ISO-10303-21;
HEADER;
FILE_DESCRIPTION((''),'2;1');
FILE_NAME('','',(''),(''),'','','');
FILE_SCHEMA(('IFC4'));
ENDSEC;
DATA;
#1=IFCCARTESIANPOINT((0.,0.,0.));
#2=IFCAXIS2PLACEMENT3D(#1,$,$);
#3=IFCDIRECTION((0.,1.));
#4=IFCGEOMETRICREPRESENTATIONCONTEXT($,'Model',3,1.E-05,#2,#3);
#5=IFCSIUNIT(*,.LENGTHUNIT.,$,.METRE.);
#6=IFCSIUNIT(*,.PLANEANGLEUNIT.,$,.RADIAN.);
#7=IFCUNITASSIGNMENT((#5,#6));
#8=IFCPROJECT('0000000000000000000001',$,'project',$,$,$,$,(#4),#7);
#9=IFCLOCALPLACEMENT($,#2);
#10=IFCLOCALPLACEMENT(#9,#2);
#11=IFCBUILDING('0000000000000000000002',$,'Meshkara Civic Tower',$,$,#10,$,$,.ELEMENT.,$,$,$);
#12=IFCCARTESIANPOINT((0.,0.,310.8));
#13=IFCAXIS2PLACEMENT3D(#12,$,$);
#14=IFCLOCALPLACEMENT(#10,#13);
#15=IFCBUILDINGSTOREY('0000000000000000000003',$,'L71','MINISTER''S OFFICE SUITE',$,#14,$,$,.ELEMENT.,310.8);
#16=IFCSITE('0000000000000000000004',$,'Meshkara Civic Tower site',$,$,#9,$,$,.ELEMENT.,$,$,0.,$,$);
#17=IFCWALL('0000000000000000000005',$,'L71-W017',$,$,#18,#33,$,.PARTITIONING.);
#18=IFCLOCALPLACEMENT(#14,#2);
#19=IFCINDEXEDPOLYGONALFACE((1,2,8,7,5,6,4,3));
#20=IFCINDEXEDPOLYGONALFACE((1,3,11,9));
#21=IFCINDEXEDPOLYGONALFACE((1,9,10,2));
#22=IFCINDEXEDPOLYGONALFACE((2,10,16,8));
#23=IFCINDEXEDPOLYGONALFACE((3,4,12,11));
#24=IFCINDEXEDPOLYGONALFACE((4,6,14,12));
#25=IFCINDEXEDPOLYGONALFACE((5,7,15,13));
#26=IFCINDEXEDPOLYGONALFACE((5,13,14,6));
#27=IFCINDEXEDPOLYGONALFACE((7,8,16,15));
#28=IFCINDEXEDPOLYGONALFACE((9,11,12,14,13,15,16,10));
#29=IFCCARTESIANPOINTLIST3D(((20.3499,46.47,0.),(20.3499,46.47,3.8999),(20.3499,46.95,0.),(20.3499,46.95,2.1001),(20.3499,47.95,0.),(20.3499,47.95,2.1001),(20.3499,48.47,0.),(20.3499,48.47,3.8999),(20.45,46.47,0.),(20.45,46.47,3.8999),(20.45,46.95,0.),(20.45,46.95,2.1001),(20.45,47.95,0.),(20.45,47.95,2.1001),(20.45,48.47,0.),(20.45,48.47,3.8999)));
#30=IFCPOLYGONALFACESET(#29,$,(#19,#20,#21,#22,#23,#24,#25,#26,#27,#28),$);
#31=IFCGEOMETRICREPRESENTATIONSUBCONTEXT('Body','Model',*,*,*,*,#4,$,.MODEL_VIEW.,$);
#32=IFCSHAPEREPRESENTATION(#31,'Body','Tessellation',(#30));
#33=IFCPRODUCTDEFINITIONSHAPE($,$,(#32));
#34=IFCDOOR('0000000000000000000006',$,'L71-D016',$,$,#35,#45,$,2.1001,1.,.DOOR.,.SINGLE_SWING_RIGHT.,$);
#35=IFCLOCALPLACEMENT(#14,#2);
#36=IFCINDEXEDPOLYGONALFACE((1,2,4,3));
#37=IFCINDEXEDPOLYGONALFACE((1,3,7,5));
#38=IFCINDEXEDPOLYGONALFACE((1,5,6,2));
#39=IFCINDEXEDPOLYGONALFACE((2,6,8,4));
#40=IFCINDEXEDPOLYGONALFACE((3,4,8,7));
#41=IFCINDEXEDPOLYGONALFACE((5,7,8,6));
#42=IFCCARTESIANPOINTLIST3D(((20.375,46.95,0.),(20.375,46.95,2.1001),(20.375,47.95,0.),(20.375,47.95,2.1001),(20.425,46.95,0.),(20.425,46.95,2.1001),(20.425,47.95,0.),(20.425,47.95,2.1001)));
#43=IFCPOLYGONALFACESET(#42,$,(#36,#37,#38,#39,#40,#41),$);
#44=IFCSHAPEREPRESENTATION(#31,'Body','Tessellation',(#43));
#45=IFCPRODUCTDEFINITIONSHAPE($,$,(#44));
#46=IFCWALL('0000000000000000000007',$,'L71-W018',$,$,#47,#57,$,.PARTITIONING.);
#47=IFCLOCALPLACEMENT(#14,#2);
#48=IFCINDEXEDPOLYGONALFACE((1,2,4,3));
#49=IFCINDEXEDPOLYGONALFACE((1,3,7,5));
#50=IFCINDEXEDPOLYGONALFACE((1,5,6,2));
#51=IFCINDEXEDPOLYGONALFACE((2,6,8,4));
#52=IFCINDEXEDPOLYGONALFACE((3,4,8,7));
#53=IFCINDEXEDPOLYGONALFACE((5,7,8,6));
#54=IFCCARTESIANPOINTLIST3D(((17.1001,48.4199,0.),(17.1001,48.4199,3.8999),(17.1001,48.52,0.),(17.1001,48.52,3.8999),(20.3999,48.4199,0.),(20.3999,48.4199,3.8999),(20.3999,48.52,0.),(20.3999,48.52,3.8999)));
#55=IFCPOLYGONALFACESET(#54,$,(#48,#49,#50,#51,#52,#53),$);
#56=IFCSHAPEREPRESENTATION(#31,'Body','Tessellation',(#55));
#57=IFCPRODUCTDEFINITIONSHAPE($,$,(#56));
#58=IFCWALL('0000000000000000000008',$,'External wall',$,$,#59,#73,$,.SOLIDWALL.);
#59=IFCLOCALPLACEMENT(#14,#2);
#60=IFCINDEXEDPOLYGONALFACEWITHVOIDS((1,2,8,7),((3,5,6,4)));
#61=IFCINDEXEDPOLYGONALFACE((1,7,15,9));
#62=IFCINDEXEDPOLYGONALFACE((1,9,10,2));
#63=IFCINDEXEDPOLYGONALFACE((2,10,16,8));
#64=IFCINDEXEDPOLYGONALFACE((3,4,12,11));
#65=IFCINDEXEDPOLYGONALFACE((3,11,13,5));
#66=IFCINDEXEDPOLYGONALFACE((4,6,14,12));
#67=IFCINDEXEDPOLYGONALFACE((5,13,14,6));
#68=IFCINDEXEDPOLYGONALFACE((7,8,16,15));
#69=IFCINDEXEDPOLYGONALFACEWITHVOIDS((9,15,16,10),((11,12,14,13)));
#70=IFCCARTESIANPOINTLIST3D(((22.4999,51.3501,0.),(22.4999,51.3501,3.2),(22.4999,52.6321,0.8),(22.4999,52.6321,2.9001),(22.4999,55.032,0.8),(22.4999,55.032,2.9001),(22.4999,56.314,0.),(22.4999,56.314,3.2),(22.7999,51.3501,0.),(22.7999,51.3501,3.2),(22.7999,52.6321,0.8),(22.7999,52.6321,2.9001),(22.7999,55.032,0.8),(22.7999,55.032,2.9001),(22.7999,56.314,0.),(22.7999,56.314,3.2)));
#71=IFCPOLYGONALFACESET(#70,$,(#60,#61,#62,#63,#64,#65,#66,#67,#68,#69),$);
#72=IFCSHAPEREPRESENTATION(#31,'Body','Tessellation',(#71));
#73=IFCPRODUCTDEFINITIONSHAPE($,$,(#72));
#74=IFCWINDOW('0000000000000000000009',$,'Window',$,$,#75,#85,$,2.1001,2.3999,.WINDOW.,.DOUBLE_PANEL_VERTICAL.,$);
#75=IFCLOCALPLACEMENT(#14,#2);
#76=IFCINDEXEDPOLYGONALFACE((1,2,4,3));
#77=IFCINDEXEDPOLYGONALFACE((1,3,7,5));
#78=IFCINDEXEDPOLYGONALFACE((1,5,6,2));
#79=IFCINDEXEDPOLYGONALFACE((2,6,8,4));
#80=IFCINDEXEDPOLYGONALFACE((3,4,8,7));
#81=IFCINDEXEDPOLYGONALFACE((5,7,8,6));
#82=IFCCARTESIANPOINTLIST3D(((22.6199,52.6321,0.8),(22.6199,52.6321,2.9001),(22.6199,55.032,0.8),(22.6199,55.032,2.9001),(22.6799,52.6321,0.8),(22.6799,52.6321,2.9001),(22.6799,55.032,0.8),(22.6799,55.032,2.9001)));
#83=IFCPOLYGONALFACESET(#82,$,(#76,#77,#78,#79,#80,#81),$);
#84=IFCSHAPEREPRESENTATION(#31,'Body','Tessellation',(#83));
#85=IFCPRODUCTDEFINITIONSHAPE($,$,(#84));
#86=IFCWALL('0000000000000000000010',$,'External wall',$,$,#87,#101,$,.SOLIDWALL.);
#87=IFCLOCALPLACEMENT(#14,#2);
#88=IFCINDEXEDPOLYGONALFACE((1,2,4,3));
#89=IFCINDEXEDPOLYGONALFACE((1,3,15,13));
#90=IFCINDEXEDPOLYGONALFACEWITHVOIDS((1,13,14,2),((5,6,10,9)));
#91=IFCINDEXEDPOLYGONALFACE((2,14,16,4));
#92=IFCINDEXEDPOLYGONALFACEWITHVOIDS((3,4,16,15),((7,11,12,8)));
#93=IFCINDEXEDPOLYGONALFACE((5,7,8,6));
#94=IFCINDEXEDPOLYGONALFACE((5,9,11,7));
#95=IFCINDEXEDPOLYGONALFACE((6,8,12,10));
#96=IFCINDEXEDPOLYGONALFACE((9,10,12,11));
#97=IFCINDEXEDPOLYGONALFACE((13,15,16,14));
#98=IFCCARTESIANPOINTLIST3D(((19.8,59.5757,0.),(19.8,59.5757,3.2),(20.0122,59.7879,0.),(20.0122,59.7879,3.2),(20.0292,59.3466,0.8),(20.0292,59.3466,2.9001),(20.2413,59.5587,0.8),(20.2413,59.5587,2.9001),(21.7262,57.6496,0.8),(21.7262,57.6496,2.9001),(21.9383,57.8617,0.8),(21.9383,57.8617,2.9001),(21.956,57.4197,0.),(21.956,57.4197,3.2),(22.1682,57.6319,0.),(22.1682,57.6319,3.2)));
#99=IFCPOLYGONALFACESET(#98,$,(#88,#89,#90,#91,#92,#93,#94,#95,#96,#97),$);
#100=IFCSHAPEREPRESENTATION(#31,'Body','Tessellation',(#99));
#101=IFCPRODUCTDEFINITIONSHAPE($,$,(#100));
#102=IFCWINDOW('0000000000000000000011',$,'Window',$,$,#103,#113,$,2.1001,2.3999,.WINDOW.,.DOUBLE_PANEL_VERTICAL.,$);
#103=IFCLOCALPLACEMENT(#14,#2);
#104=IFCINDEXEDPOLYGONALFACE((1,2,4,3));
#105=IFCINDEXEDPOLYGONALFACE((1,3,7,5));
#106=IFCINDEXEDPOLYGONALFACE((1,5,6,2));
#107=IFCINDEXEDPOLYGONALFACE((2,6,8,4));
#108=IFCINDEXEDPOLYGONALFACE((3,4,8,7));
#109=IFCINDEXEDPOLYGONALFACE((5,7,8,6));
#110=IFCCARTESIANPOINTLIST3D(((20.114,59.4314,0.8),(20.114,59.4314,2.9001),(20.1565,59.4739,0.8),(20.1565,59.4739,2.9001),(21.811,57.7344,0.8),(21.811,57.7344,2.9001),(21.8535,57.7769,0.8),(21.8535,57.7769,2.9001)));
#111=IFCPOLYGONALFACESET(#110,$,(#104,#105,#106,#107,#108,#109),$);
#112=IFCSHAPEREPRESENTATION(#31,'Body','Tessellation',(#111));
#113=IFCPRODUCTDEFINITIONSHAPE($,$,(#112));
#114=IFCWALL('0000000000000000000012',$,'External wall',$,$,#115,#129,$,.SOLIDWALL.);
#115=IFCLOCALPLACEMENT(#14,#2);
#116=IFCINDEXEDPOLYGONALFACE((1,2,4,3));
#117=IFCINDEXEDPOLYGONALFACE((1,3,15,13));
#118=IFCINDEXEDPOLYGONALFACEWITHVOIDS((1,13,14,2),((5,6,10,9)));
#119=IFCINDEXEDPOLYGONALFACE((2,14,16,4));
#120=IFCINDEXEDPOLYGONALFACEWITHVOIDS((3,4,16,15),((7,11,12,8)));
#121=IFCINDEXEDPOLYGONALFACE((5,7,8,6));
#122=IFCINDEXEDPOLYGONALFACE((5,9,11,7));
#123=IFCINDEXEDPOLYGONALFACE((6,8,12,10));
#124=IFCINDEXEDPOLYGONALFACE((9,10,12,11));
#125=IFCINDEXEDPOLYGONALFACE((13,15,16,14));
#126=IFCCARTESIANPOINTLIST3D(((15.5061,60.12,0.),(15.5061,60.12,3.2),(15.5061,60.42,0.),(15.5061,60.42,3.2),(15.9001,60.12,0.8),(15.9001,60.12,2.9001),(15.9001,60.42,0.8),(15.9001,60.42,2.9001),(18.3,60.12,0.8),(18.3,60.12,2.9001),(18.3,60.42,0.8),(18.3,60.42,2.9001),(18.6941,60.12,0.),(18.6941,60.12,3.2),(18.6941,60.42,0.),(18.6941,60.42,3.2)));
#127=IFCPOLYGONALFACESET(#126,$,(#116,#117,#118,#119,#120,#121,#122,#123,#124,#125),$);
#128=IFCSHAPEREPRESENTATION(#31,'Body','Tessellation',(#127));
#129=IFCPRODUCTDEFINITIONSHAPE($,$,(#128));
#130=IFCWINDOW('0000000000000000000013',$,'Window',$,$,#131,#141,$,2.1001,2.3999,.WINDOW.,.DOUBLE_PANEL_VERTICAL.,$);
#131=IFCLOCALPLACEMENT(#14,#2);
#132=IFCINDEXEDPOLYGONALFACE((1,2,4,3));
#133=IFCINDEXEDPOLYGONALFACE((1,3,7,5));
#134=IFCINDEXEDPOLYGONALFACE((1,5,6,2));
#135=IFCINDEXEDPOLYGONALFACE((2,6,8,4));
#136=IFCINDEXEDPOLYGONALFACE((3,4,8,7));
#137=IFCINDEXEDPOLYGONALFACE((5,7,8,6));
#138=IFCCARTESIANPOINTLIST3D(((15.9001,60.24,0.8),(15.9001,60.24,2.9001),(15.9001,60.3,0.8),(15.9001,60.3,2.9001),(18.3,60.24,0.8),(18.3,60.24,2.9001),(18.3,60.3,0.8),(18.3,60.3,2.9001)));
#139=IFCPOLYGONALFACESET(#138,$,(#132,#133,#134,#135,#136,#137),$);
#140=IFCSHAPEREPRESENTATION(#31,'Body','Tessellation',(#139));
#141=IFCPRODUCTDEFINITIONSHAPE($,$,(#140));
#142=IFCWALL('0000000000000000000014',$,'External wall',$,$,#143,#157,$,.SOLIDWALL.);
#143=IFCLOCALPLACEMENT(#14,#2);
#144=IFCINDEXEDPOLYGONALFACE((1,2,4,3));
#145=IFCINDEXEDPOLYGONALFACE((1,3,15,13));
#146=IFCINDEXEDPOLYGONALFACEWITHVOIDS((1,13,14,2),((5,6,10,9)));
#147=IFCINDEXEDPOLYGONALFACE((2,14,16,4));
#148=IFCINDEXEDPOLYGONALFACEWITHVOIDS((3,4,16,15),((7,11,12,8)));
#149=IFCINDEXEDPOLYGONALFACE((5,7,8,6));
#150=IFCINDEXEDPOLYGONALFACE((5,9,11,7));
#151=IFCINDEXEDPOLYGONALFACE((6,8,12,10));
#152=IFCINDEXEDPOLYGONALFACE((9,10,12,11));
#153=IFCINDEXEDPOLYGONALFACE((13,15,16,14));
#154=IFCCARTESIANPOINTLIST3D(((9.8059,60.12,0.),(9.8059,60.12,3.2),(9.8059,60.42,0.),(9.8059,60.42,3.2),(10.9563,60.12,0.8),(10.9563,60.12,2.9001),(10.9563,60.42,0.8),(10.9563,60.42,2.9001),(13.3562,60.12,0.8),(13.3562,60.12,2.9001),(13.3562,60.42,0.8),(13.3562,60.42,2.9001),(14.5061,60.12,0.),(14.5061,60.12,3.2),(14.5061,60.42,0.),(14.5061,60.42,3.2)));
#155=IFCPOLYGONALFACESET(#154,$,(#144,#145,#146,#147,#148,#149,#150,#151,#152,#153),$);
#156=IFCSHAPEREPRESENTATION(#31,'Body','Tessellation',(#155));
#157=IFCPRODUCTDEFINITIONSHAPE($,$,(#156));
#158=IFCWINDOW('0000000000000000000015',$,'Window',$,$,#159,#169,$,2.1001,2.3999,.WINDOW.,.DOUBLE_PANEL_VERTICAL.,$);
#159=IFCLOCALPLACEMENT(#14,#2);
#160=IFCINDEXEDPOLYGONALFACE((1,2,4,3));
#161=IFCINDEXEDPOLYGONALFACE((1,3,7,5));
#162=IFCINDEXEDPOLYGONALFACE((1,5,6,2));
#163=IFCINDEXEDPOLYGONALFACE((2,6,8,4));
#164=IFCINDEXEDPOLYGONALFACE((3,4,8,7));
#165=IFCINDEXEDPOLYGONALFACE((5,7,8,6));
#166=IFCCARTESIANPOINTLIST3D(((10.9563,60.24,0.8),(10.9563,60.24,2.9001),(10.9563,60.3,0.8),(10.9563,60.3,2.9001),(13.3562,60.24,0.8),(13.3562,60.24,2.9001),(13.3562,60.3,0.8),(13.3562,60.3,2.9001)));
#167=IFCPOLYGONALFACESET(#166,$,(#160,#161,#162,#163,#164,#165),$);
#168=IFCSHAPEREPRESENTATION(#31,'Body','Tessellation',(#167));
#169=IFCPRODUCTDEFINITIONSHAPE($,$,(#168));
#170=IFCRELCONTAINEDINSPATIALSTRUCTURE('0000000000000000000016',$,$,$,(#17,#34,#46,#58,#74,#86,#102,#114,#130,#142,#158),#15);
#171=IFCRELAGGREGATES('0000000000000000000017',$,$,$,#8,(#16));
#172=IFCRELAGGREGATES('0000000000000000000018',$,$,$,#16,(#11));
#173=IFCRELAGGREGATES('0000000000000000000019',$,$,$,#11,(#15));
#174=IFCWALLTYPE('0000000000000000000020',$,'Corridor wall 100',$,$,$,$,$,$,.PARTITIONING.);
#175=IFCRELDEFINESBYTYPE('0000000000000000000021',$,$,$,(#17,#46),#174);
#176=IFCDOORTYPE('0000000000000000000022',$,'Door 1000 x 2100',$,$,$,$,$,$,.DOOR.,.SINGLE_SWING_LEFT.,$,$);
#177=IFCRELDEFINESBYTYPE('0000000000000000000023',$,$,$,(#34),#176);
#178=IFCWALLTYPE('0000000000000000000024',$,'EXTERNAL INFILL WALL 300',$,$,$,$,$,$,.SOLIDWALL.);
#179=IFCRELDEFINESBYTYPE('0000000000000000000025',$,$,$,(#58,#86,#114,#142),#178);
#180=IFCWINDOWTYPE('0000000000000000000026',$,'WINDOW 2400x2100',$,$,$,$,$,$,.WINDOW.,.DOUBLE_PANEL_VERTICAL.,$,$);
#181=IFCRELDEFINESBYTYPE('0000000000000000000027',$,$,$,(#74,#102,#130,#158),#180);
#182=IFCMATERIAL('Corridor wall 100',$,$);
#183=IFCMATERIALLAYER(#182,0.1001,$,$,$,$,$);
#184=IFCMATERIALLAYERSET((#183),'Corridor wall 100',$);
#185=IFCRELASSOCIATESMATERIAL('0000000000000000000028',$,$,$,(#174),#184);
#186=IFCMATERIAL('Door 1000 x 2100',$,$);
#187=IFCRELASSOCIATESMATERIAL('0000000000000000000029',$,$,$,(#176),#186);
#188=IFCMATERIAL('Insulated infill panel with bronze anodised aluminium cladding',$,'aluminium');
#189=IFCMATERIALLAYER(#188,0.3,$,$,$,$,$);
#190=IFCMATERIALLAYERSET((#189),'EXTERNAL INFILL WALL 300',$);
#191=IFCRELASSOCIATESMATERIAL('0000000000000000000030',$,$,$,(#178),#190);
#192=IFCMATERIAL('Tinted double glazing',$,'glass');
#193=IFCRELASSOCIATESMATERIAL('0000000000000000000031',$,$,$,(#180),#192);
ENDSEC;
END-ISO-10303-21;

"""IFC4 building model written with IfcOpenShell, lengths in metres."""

from ifc_helpers import new_model, si_unit, direction, frame, frame_2d, origin, place, context, subcontext, project, spatial, rectangle, extrude, material, layer, layer_set, type_object, element, fill, save


model = new_model("IFC4")

# Units and contexts
model_context = context("Model", 3, precision=1e-05, world=origin(), true_north=direction((0.0, 1.0)))
body_context = subcontext(model_context, "Body", "Model", "MODEL_VIEW")
ifc_project = project(units=[si_unit("LENGTHUNIT", "METRE"), si_unit("PLANEANGLEUNIT", "RADIAN")], contexts=[model_context])

# Site, building, storey
site_placement = place(None, origin())
site = spatial("IfcSite", under=ifc_project, at=site_placement, Name="Meshkara Civic Tower site", CompositionType="ELEMENT", RefElevation=0.0)
building_placement = place(site_placement, origin())
building = spatial("IfcBuilding", under=site, at=building_placement, Name="Meshkara Civic Tower", CompositionType="ELEMENT")
storey_placement = place(building_placement, frame((0.0, 0.0, 310.8)))
storey = spatial("IfcBuildingStorey", under=building, at=storey_placement, Name="L71", Description="MINISTER'S OFFICE SUITE", CompositionType="ELEMENT", Elevation=310.8)

# Shared definitions
ifc_material_1 = material(Name="Corridor wall 100")
ifc_layer_1 = layer(ifc_material_1, 0.1001)
ifc_layer_set_1 = layer_set([ifc_layer_1], Name="Corridor wall 100")
wall_type_1 = type_object("IfcWallType", Name="Corridor wall 100", PredefinedType="PARTITIONING", material=ifc_layer_set_1)

# Wall, opening, door
ifc_material_2 = material(Name="Door 1000 x 2100")
door_type = type_object("IfcDoorType", Name="Door 1000 x 2100", OperationType="SINGLE_SWING_LEFT", PredefinedType="DOOR", material=ifc_material_2)
wall_1_placement = place(storey_placement, frame((20.3999, 46.47, 0.0), z_axis=(0.0, 0.0, 1.0), x_axis=(0.0, 1.0, 0.0)))
wall_1 = element("IfcWall", 1, at=wall_1_placement, inside=storey, type_object=wall_type_1, Name="L71-W017", PredefinedType="PARTITIONING", context=body_context, shape_type="SweptSolid", body=[
    extrude(rectangle(XDim=2.0, YDim=0.1001, at=frame_2d((1.0, 0.0))), origin(), (0.0, 0.0, 1.0), 3.8999),
])
opening_1_placement = place(wall_1_placement, frame((0.48, 0.0, 0.0)))
opening_1 = element("IfcOpeningElement", 2, at=opening_1_placement, cuts=wall_1, PredefinedType="OPENING", context=body_context, shape_type="SweptSolid", body=[
    extrude(rectangle(XDim=1.0, YDim=2.1001, at=frame_2d((0.5, 1.05))), frame((0.0, 0.0601, 0.0), z_axis=(0.0, -1.0, 0.0), x_axis=(1.0, 0.0, 0.0)), (0.0, 0.0, 1.0), 0.1201),
])
door_1_placement = place(opening_1_placement, origin())
door_1 = element("IfcDoor", 3, at=door_1_placement, inside=storey, type_object=door_type, Name="L71-D016", OperationType="SINGLE_SWING_RIGHT", OverallHeight=2.1001, OverallWidth=1.0, PredefinedType="DOOR", context=body_context, shape_type="SweptSolid", body=[
    extrude(rectangle(XDim=1.0, YDim=2.1001, at=frame_2d((0.5, 1.05))), frame((0.0, 0.0249, 0.0), z_axis=(0.0, -1.0, 0.0), x_axis=(1.0, 0.0, 0.0)), (0.0, 0.0, 1.0), 0.05),
])
fill(opening_1, door_1)

# Wall
wall_2_placement = place(storey_placement, frame((20.3999, 48.47, 0.0), z_axis=(0.0, 0.0, 1.0), x_axis=(-1.0, 0.0, 0.0)))
element("IfcWall", 4, at=wall_2_placement, inside=storey, type_object=wall_type_1, Name="L71-W018", PredefinedType="PARTITIONING", context=body_context, shape_type="SweptSolid", body=[
    extrude(rectangle(XDim=3.2998, YDim=0.1001, at=frame_2d((1.6499, 0.0))), origin(), (0.0, 0.0, 1.0), 3.8999),
])

# Walls, openings, windows
ifc_material_3 = material(Name="Insulated infill panel with bronze anodised aluminium cladding", Category="aluminium")
ifc_layer_2 = layer(ifc_material_3, 0.3)
ifc_layer_set_2 = layer_set([ifc_layer_2], Name="EXTERNAL INFILL WALL 300")
wall_type_2 = type_object("IfcWallType", Name="EXTERNAL INFILL WALL 300", PredefinedType="SOLIDWALL", material=ifc_layer_set_2)
wall_3_placement = place(storey_placement, frame((22.6499, 51.3501, 0.0), z_axis=(0.0, 0.0, 1.0), x_axis=(0.0, 1.0, 0.0)))
wall_3 = element("IfcWall", 5, at=wall_3_placement, inside=storey, type_object=wall_type_2, Name="External wall", PredefinedType="SOLIDWALL", context=body_context, shape_type="SweptSolid", body=[
    extrude(rectangle(XDim=4.9639, YDim=0.3, at=frame_2d((2.4819, 0.0))), origin(), (0.0, 0.0, 1.0), 3.2),
])
opening_2_placement = place(wall_3_placement, frame((1.282, 0.0, 0.8)))
opening_2 = element("IfcOpeningElement", 6, at=opening_2_placement, cuts=wall_3, PredefinedType="OPENING", context=body_context, shape_type="SweptSolid", body=[
    extrude(rectangle(XDim=2.3999, YDim=2.1001, at=frame_2d((1.2, 1.05))), frame((0.0, 0.1599, 0.0), z_axis=(0.0, -1.0, 0.0), x_axis=(1.0, 0.0, 0.0)), (0.0, 0.0, 1.0), 0.3201),
])
ifc_material_4 = material(Name="Tinted double glazing", Category="glass")
window_type = type_object("IfcWindowType", Name="WINDOW 2400x2100", PartitioningType="DOUBLE_PANEL_VERTICAL", PredefinedType="WINDOW", material=ifc_material_4)
window_1_placement = place(opening_2_placement, origin())
window_1 = element("IfcWindow", 7, at=window_1_placement, inside=storey, type_object=window_type, Name="Window", OverallHeight=2.1001, OverallWidth=2.3999, PartitioningType="DOUBLE_PANEL_VERTICAL", PredefinedType="WINDOW", context=body_context, shape_type="SweptSolid", body=[
    extrude(rectangle(XDim=2.3999, YDim=2.1001, at=frame_2d((1.2, 1.05))), frame((0.0, 0.03, 0.0), z_axis=(0.0, -1.0, 0.0), x_axis=(1.0, 0.0, 0.0)), (0.0, 0.0, 1.0), 0.0601),
])
fill(opening_2, window_1)
wall_4_placement = place(storey_placement, frame((22.062, 57.5259, 0.0), z_axis=(0.0, 0.0, 1.0), x_axis=(-0.707107, 0.707107, 0.0)))
wall_4 = element("IfcWall", 8, at=wall_4_placement, inside=storey, type_object=wall_type_2, Name="External wall", PredefinedType="SOLIDWALL", context=body_context, shape_type="SweptSolid", body=[
    extrude(rectangle(XDim=3.0491, YDim=0.3, at=frame_2d((1.5244, 0.0))), origin(), (0.0, 0.0, 1.0), 3.2),
])
opening_3_placement = place(wall_4_placement, frame((0.325, 0.0, 0.8)))
opening_3 = element("IfcOpeningElement", 9, at=opening_3_placement, cuts=wall_4, PredefinedType="OPENING", context=body_context, shape_type="SweptSolid", body=[
    extrude(rectangle(XDim=2.3999, YDim=2.1001, at=frame_2d((1.2, 1.05))), frame((0.0, 0.1599, 0.0), z_axis=(0.0, -1.0, 0.0), x_axis=(1.0, 0.0, 0.0)), (0.0, 0.0, 1.0), 0.3201),
])
window_2_placement = place(opening_3_placement, origin())
window_2 = element("IfcWindow", 10, at=window_2_placement, inside=storey, type_object=window_type, Name="Window", OverallHeight=2.1001, OverallWidth=2.3999, PartitioningType="DOUBLE_PANEL_VERTICAL", PredefinedType="WINDOW", context=body_context, shape_type="SweptSolid", body=[
    extrude(rectangle(XDim=2.3999, YDim=2.1001, at=frame_2d((1.2, 1.05))), frame((0.0, 0.03, 0.0), z_axis=(0.0, -1.0, 0.0), x_axis=(1.0, 0.0, 0.0)), (0.0, 0.0, 1.0), 0.0601),
])
fill(opening_3, window_2)
wall_5_placement = place(storey_placement, frame((18.6941, 60.27, 0.0), z_axis=(0.0, 0.0, 1.0), x_axis=(-1.0, 0.0, 0.0)))
wall_5 = element("IfcWall", 11, at=wall_5_placement, inside=storey, type_object=wall_type_2, Name="External wall", PredefinedType="SOLIDWALL", context=body_context, shape_type="SweptSolid", body=[
    extrude(rectangle(XDim=3.188, YDim=0.3, at=frame_2d((1.594, 0.0))), origin(), (0.0, 0.0, 1.0), 3.2),
])
opening_4_placement = place(wall_5_placement, frame((0.394, 0.0, 0.8)))
opening_4 = element("IfcOpeningElement", 12, at=opening_4_placement, cuts=wall_5, PredefinedType="OPENING", context=body_context, shape_type="SweptSolid", body=[
    extrude(rectangle(XDim=2.3999, YDim=2.1001, at=frame_2d((1.2, 1.05))), frame((0.0, 0.1599, 0.0), z_axis=(0.0, -1.0, 0.0), x_axis=(1.0, 0.0, 0.0)), (0.0, 0.0, 1.0), 0.3201),
])
window_3_placement = place(opening_4_placement, origin())
window_3 = element("IfcWindow", 13, at=window_3_placement, inside=storey, type_object=window_type, Name="Window", OverallHeight=2.1001, OverallWidth=2.3999, PartitioningType="DOUBLE_PANEL_VERTICAL", PredefinedType="WINDOW", context=body_context, shape_type="SweptSolid", body=[
    extrude(rectangle(XDim=2.3999, YDim=2.1001, at=frame_2d((1.2, 1.05))), frame((0.0, 0.03, 0.0), z_axis=(0.0, -1.0, 0.0), x_axis=(1.0, 0.0, 0.0)), (0.0, 0.0, 1.0), 0.0601),
])
fill(opening_4, window_3)
wall_6_placement = place(storey_placement, frame((14.5061, 60.27, 0.0), z_axis=(0.0, 0.0, 1.0), x_axis=(-1.0, 0.0, 0.0)))
wall_6 = element("IfcWall", 14, at=wall_6_placement, inside=storey, type_object=wall_type_2, Name="External wall", PredefinedType="SOLIDWALL", context=body_context, shape_type="SweptSolid", body=[
    extrude(rectangle(XDim=4.7002, YDim=0.3, at=frame_2d((2.3501, 0.0))), origin(), (0.0, 0.0, 1.0), 3.2),
])
opening_5_placement = place(wall_6_placement, frame((1.1499, 0.0, 0.8)))
opening_5 = element("IfcOpeningElement", 15, at=opening_5_placement, cuts=wall_6, PredefinedType="OPENING", context=body_context, shape_type="SweptSolid", body=[
    extrude(rectangle(XDim=2.3999, YDim=2.1001, at=frame_2d((1.2, 1.05))), frame((0.0, 0.1599, 0.0), z_axis=(0.0, -1.0, 0.0), x_axis=(1.0, 0.0, 0.0)), (0.0, 0.0, 1.0), 0.3201),
])
window_4_placement = place(opening_5_placement, origin())
window_4 = element("IfcWindow", 16, at=window_4_placement, inside=storey, type_object=window_type, Name="Window", OverallHeight=2.1001, OverallWidth=2.3999, PartitioningType="DOUBLE_PANEL_VERTICAL", PredefinedType="WINDOW", context=body_context, shape_type="SweptSolid", body=[
    extrude(rectangle(XDim=2.3999, YDim=2.1001, at=frame_2d((1.2, 1.05))), frame((0.0, 0.03, 0.0), z_axis=(0.0, -1.0, 0.0), x_axis=(1.0, 0.0, 0.0)), (0.0, 0.0, 1.0), 0.0601),
])
fill(opening_5, window_4)

save(model, "model.ifc")
